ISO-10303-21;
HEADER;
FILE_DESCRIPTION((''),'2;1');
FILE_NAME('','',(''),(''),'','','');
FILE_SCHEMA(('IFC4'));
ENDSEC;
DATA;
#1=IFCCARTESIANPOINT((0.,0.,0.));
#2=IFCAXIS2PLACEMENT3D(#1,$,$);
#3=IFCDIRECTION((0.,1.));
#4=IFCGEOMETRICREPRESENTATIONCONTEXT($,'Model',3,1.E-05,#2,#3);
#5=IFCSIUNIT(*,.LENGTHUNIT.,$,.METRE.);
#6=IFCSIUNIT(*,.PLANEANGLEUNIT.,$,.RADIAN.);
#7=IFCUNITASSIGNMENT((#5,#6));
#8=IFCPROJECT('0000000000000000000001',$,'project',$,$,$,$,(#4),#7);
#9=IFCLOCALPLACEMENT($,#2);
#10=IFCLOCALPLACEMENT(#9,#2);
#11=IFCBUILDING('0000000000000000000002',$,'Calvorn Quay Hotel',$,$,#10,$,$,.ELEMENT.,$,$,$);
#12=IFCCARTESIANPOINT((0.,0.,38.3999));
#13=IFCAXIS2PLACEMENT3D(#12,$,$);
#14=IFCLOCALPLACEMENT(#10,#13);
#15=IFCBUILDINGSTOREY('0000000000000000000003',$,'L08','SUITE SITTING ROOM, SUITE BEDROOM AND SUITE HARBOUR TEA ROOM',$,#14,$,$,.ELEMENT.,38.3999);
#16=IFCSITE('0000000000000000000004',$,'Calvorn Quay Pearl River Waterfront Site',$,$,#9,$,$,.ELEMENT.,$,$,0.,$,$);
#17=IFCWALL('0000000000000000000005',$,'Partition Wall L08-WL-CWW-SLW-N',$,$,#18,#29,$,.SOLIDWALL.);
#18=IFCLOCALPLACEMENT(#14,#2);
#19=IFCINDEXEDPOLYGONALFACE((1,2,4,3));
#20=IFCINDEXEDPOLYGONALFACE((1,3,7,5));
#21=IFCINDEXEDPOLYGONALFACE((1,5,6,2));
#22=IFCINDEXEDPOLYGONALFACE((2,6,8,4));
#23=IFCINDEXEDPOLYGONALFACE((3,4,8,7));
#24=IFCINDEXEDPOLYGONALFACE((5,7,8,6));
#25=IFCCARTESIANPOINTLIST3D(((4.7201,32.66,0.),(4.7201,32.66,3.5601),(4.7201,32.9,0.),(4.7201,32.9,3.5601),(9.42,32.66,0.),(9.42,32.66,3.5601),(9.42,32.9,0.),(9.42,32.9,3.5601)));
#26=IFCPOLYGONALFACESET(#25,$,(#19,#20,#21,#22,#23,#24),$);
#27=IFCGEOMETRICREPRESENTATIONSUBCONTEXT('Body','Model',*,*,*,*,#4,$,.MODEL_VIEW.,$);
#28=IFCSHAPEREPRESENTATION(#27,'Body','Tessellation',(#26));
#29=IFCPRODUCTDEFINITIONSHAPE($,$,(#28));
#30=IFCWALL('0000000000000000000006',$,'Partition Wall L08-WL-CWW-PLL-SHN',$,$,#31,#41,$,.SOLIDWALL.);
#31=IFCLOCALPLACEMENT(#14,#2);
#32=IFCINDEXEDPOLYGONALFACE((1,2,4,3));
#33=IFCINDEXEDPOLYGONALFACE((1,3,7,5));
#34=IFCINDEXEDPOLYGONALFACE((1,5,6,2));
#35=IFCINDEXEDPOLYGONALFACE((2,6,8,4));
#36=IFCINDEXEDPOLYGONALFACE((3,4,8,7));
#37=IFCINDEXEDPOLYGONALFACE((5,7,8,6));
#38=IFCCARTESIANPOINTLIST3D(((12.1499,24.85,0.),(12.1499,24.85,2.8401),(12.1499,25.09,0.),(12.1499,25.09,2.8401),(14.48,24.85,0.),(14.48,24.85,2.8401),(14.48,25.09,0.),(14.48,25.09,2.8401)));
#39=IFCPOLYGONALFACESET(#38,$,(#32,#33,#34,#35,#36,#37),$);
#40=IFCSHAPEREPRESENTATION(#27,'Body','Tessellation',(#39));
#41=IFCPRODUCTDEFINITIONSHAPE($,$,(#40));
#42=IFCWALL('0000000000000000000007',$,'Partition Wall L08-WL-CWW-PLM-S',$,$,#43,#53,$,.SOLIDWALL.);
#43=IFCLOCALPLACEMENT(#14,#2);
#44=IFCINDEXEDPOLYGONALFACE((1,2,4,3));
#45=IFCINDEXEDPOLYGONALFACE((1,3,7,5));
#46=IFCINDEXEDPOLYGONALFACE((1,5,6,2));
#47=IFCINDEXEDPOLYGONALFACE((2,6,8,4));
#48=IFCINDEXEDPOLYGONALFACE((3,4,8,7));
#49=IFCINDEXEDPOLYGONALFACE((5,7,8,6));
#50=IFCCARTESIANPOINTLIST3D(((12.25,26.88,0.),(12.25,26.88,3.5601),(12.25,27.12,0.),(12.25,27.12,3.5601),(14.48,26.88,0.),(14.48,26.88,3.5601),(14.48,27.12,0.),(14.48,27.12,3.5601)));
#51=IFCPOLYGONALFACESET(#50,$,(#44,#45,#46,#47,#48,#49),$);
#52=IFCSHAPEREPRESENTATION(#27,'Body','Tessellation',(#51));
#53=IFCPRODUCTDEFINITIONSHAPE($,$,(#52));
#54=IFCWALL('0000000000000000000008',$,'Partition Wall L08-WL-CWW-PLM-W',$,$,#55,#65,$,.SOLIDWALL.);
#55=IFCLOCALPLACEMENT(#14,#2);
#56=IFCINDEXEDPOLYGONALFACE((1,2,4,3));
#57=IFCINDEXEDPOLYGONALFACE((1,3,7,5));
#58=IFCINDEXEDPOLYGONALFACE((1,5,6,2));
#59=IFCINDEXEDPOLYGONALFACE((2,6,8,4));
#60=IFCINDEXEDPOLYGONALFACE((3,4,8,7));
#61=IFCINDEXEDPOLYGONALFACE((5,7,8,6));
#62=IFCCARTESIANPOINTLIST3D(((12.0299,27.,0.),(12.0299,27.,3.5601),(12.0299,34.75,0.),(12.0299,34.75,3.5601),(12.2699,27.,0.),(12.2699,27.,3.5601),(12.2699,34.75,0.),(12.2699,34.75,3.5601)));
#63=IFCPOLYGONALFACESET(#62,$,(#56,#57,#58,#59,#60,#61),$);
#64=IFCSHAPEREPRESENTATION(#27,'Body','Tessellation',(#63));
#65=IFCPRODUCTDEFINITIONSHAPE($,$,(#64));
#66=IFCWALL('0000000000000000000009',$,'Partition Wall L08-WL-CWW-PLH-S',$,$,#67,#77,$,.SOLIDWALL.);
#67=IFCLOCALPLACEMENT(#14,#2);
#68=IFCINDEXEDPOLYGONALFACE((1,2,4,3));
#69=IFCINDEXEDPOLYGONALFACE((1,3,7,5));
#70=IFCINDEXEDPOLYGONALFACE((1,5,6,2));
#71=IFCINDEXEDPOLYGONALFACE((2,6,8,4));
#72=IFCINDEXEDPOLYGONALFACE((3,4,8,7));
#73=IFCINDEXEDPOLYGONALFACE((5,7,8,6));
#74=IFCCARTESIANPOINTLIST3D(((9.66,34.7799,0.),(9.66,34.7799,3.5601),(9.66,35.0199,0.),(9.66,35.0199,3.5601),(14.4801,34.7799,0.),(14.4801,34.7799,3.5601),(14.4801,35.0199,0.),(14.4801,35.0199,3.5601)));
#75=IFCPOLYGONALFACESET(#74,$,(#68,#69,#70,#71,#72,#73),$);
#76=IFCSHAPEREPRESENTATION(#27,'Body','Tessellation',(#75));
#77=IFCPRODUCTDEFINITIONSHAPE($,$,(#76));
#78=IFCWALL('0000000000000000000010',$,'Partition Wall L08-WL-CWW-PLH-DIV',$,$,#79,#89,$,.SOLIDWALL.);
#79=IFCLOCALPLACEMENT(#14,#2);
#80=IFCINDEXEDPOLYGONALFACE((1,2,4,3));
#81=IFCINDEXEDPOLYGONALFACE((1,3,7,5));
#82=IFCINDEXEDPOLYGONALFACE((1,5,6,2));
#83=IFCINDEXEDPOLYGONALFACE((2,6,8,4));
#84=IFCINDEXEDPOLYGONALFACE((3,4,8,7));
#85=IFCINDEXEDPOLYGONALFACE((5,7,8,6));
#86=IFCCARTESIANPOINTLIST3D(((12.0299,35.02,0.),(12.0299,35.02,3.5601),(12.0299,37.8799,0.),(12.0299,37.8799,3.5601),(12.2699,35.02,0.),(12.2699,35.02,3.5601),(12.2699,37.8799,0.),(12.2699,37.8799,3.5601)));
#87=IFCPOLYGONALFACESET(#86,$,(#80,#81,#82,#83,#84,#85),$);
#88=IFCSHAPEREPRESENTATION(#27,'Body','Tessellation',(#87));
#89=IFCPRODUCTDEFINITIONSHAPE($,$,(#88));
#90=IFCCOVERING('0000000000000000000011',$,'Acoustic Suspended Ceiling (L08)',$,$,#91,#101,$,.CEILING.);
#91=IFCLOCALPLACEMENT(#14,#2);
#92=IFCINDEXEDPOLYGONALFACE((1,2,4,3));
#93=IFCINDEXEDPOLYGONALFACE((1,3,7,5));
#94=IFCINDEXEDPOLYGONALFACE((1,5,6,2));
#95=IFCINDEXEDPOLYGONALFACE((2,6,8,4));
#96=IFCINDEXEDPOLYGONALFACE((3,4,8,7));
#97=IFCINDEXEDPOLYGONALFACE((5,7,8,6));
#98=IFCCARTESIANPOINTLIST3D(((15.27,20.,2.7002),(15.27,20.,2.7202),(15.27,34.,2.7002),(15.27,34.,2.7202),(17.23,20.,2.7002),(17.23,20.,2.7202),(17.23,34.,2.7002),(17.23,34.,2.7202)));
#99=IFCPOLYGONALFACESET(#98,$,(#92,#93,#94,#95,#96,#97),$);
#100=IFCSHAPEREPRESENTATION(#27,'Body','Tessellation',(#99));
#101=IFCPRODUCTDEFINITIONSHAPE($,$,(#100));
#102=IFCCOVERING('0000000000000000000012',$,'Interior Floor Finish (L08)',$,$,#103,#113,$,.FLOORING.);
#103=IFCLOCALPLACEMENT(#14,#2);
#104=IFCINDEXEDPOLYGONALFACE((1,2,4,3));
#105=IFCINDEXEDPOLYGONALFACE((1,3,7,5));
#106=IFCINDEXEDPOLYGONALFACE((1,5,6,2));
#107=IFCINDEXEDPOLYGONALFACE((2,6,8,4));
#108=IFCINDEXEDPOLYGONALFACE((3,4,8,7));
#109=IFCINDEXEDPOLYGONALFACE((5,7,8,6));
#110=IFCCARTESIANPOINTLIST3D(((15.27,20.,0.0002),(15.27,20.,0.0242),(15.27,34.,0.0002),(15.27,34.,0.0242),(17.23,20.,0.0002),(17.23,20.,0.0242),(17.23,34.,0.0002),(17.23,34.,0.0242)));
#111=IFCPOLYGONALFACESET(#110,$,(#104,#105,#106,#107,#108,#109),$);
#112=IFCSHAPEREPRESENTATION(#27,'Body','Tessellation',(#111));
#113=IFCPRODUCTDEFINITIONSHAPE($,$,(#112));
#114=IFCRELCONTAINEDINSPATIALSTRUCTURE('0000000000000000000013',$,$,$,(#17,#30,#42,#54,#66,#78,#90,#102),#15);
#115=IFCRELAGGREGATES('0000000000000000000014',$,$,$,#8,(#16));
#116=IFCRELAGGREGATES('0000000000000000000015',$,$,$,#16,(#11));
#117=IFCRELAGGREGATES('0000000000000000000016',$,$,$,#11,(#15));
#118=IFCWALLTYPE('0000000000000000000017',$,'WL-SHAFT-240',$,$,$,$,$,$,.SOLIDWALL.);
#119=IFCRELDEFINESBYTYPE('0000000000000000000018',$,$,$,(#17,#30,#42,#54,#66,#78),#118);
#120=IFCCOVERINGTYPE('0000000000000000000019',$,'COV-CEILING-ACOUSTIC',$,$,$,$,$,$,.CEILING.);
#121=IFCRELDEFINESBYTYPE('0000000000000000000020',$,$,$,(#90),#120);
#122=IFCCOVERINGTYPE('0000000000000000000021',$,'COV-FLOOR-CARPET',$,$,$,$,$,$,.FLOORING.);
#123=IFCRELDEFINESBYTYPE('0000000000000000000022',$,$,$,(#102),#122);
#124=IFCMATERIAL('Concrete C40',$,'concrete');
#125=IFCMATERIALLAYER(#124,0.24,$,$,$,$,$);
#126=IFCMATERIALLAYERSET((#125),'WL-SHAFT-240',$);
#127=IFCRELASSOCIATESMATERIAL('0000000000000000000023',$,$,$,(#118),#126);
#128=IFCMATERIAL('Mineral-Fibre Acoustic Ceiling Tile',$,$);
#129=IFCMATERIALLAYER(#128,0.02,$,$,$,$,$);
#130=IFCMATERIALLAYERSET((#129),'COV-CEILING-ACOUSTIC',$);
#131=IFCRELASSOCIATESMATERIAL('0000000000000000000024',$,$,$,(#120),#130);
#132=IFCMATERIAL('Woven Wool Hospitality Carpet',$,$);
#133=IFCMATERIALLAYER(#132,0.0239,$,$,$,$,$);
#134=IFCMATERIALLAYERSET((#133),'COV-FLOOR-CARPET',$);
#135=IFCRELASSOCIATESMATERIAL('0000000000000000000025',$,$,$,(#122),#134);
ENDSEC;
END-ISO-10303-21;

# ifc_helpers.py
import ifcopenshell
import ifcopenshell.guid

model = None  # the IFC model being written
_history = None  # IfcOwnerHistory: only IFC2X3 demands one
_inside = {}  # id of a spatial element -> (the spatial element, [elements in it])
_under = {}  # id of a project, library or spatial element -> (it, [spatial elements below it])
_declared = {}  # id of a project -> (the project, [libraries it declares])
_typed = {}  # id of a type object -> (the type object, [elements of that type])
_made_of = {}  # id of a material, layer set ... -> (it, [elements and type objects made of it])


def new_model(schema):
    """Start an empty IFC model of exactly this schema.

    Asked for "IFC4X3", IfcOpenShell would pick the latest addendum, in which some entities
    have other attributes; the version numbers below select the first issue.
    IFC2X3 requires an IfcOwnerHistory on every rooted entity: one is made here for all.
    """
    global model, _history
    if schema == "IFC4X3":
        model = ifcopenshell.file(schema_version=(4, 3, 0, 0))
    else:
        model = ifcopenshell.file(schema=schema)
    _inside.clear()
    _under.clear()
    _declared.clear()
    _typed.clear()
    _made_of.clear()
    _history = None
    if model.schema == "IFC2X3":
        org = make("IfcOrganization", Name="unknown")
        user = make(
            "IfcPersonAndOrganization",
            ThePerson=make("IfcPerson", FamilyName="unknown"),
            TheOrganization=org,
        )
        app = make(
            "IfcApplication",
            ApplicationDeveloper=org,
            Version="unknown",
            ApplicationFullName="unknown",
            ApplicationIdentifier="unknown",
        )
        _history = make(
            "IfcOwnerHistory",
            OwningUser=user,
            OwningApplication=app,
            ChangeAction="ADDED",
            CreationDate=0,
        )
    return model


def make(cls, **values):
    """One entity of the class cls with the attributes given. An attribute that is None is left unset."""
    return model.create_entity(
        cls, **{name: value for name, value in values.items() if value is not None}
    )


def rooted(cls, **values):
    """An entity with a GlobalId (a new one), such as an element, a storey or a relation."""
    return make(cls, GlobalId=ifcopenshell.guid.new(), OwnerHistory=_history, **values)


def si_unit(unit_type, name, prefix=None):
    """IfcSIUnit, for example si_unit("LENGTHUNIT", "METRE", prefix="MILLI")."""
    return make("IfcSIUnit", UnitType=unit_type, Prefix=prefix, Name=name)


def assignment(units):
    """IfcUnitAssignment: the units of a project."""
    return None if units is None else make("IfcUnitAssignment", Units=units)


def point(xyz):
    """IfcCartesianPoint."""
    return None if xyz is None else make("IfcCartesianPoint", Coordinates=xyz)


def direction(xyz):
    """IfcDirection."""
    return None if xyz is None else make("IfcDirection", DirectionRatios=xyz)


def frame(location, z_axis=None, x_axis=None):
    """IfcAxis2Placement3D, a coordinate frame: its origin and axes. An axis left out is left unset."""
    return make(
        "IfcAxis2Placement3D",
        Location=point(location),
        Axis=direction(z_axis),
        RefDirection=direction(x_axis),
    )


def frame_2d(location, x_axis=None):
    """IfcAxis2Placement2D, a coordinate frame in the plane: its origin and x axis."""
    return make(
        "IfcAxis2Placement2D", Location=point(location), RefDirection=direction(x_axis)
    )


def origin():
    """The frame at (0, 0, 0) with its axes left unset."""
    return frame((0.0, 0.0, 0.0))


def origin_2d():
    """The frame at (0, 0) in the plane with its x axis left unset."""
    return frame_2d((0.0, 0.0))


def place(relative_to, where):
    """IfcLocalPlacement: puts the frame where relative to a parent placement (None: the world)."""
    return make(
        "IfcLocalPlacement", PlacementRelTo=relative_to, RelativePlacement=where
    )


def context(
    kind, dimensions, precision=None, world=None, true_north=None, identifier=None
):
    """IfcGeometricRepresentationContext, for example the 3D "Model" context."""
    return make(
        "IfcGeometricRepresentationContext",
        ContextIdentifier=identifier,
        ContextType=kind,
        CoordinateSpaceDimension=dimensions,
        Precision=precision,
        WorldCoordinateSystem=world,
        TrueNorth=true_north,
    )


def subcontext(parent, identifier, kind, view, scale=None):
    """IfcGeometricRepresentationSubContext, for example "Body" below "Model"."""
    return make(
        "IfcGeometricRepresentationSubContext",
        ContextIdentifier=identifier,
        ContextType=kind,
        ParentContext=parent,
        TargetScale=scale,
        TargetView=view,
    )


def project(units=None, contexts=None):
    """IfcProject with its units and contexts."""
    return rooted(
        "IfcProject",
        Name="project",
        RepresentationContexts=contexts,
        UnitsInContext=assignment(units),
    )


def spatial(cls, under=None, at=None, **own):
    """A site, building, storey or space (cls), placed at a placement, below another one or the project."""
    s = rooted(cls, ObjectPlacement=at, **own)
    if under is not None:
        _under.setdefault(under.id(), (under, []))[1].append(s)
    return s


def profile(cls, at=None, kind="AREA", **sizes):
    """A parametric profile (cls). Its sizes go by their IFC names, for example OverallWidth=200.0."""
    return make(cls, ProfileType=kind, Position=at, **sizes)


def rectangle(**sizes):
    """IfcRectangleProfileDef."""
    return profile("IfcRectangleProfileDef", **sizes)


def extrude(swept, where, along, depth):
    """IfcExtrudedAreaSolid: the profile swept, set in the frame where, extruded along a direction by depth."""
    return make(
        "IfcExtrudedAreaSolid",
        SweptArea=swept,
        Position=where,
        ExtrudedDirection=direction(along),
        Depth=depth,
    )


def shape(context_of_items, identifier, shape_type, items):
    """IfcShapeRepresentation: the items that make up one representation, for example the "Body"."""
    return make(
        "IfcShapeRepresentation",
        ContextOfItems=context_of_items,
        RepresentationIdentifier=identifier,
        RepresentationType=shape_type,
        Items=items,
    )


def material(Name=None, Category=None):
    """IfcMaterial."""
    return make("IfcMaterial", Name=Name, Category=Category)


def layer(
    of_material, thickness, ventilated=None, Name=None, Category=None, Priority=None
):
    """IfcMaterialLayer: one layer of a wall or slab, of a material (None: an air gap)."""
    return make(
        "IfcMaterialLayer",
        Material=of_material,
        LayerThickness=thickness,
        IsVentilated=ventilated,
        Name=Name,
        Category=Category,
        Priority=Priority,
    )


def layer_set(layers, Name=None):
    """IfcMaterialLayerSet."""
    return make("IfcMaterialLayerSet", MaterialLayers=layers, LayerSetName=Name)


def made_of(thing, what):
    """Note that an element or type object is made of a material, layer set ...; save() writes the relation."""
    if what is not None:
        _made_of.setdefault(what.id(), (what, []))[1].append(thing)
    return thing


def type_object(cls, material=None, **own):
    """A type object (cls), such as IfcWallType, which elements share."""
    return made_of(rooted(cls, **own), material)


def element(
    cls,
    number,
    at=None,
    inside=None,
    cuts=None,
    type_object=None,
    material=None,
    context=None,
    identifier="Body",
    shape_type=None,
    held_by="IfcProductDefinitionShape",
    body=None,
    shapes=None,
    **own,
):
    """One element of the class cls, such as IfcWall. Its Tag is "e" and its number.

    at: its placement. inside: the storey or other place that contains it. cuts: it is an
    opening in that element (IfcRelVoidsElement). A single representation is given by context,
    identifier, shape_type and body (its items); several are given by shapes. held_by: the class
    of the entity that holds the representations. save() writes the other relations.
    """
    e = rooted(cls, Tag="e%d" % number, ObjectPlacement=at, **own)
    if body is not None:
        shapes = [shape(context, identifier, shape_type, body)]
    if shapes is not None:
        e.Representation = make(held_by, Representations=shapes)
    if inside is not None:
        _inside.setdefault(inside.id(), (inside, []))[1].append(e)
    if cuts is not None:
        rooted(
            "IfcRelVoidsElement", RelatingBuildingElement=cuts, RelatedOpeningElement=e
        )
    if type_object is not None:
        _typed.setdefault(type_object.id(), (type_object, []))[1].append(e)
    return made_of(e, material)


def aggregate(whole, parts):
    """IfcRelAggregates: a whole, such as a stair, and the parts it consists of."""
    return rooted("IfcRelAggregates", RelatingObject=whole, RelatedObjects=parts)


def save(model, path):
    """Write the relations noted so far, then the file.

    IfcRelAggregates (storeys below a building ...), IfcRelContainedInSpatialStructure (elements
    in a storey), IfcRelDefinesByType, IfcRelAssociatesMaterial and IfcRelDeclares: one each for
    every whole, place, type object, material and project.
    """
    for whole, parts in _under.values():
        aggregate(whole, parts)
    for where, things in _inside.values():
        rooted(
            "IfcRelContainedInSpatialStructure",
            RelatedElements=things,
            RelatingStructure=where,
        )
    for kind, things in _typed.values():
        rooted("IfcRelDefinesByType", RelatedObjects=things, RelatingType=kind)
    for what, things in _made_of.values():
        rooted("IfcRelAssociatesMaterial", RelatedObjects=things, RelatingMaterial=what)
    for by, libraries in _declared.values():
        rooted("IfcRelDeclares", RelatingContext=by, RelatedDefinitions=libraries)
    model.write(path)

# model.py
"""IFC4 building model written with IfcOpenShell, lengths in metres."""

from ifc_helpers import new_model, si_unit, direction, frame, frame_2d, origin, origin_2d, place, context, subcontext, project, spatial, rectangle, extrude, material, layer, layer_set, type_object, element, save


model = new_model("IFC4")

# Units and contexts
model_context = context("Model", 3, precision=1e-05, world=origin(), true_north=direction((0.0, 1.0)))
body_context = subcontext(model_context, "Body", "Model", "MODEL_VIEW")
ifc_project = project(units=[si_unit("LENGTHUNIT", "METRE"), si_unit("PLANEANGLEUNIT", "RADIAN")], contexts=[model_context])

# Site, building, storey
site_placement = place(None, origin())
site = spatial("IfcSite", under=ifc_project, at=site_placement, Name="Calvorn Quay Pearl River Waterfront Site", CompositionType="ELEMENT", RefElevation=0.0)
building_placement = place(site_placement, origin())
building = spatial("IfcBuilding", under=site, at=building_placement, Name="Calvorn Quay Hotel", CompositionType="ELEMENT")
storey_placement = place(building_placement, frame((0.0, 0.0, 38.3999)))
storey = spatial("IfcBuildingStorey", under=building, at=storey_placement, Name="L08", Description="SUITE SITTING ROOM, SUITE BEDROOM AND SUITE HARBOUR TEA ROOM", CompositionType="ELEMENT", Elevation=38.3999)

# Shared definitions
ifc_material_1 = material(Name="Concrete C40", Category="concrete")
ifc_layer_1 = layer(ifc_material_1, 0.24)
ifc_layer_set_1 = layer_set([ifc_layer_1], Name="WL-SHAFT-240")
wall_type_1 = type_object("IfcWallType", Name="WL-SHAFT-240", PredefinedType="SOLIDWALL", material=ifc_layer_set_1)

# Wall
wall_1_placement = place(storey_placement, frame((4.72, 32.78, 0.0), z_axis=(0.0, 0.0, 1.0), x_axis=(1.0, 0.0, 0.0)))
element("IfcWall", 1, at=wall_1_placement, inside=storey, type_object=wall_type_1, Name="Partition Wall L08-WL-CWW-SLW-N", PredefinedType="SOLIDWALL", context=body_context, shape_type="SweptSolid", body=[
    extrude(rectangle(XDim=4.7, YDim=0.24, at=frame_2d((2.3501, 0.0))), origin(), (0.0, 0.0, 1.0), 3.5601),
])

# Walls
wall_2_placement = place(storey_placement, frame((12.1499, 24.97, 0.0), z_axis=(0.0, 0.0, 1.0), x_axis=(1.0, 0.0, 0.0)))
element("IfcWall", 2, at=wall_2_placement, inside=storey, type_object=wall_type_1, Name="Partition Wall L08-WL-CWW-PLL-SHN", PredefinedType="SOLIDWALL", context=body_context, shape_type="SweptSolid", body=[
    extrude(rectangle(XDim=2.3301, YDim=0.24, at=frame_2d((1.165, 0.0))), origin(), (0.0, 0.0, 1.0), 2.8401),
])
wall_3_placement = place(storey_placement, frame((12.25, 27.0, 0.0), z_axis=(0.0, 0.0, 1.0), x_axis=(1.0, 0.0, 0.0)))
element("IfcWall", 3, at=wall_3_placement, inside=storey, type_object=wall_type_1, Name="Partition Wall L08-WL-CWW-PLM-S", PredefinedType="SOLIDWALL", context=body_context, shape_type="SweptSolid", body=[
    extrude(rectangle(XDim=2.23, YDim=0.24, at=frame_2d((1.115, 0.0))), origin(), (0.0, 0.0, 1.0), 3.5601),
])
wall_4_placement = place(storey_placement, frame((12.1499, 27.0, 0.0), z_axis=(0.0, 0.0, 1.0), x_axis=(0.0, 1.0, 0.0)))
element("IfcWall", 4, at=wall_4_placement, inside=storey, type_object=wall_type_1, Name="Partition Wall L08-WL-CWW-PLM-W", PredefinedType="SOLIDWALL", context=body_context, shape_type="SweptSolid", body=[
    extrude(rectangle(XDim=7.75, YDim=0.24, at=frame_2d((3.875, 0.0))), origin(), (0.0, 0.0, 1.0), 3.5601),
])
wall_5_placement = place(storey_placement, frame((9.6599, 34.8999, 0.0), z_axis=(0.0, 0.0, 1.0), x_axis=(1.0, 0.0, 0.0)))
element("IfcWall", 5, at=wall_5_placement, inside=storey, type_object=wall_type_1, Name="Partition Wall L08-WL-CWW-PLH-S", PredefinedType="SOLIDWALL", context=body_context, shape_type="SweptSolid", body=[
    extrude(rectangle(XDim=4.8201, YDim=0.24, at=frame_2d((2.4102, 0.0))), origin(), (0.0, 0.0, 1.0), 3.5601),
])
wall_6_placement = place(storey_placement, frame((12.1499, 35.02, 0.0), z_axis=(0.0, 0.0, 1.0), x_axis=(0.0, 1.0, 0.0)))
element("IfcWall", 6, at=wall_6_placement, inside=storey, type_object=wall_type_1, Name="Partition Wall L08-WL-CWW-PLH-DIV", PredefinedType="SOLIDWALL", context=body_context, shape_type="SweptSolid", body=[
    extrude(rectangle(XDim=2.8599, YDim=0.24, at=frame_2d((1.4299, 0.0))), origin(), (0.0, 0.0, 1.0), 3.5601),
])

# Coverings
ifc_material_2 = material(Name="Mineral-Fibre Acoustic Ceiling Tile")
ifc_layer_2 = layer(ifc_material_2, 0.02)
ifc_layer_set_2 = layer_set([ifc_layer_2], Name="COV-CEILING-ACOUSTIC")
covering_type_1 = type_object("IfcCoveringType", Name="COV-CEILING-ACOUSTIC", PredefinedType="CEILING", material=ifc_layer_set_2)
covering_1_placement = place(storey_placement, frame((16.25, 27.0, 2.7002), z_axis=(0.0, 0.0, 1.0), x_axis=(1.0, 0.0, 0.0)))
element("IfcCovering", 7, at=covering_1_placement, inside=storey, type_object=covering_type_1, Name="Acoustic Suspended Ceiling (L08)", PredefinedType="CEILING", context=body_context, shape_type="SweptSolid", body=[
    extrude(rectangle(XDim=1.96, YDim=14.0, at=origin_2d()), origin(), (0.0, 0.0, 1.0), 0.02),
])
ifc_material_3 = material(Name="Woven Wool Hospitality Carpet")
ifc_layer_3 = layer(ifc_material_3, 0.0239)
ifc_layer_set_3 = layer_set([ifc_layer_3], Name="COV-FLOOR-CARPET")
covering_type_2 = type_object("IfcCoveringType", Name="COV-FLOOR-CARPET", PredefinedType="FLOORING", material=ifc_layer_set_3)
covering_2_placement = place(storey_placement, frame((16.25, 27.0, 0.0002), z_axis=(0.0, 0.0, 1.0), x_axis=(1.0, 0.0, 0.0)))
element("IfcCovering", 8, at=covering_2_placement, inside=storey, type_object=covering_type_2, Name="Interior Floor Finish (L08)", PredefinedType="FLOORING", context=body_context, shape_type="SweptSolid", body=[
    extrude(rectangle(XDim=1.96, YDim=14.0, at=origin_2d()), origin(), (0.0, 0.0, 1.0), 0.0239),
])

save(model, "model.ifc")
